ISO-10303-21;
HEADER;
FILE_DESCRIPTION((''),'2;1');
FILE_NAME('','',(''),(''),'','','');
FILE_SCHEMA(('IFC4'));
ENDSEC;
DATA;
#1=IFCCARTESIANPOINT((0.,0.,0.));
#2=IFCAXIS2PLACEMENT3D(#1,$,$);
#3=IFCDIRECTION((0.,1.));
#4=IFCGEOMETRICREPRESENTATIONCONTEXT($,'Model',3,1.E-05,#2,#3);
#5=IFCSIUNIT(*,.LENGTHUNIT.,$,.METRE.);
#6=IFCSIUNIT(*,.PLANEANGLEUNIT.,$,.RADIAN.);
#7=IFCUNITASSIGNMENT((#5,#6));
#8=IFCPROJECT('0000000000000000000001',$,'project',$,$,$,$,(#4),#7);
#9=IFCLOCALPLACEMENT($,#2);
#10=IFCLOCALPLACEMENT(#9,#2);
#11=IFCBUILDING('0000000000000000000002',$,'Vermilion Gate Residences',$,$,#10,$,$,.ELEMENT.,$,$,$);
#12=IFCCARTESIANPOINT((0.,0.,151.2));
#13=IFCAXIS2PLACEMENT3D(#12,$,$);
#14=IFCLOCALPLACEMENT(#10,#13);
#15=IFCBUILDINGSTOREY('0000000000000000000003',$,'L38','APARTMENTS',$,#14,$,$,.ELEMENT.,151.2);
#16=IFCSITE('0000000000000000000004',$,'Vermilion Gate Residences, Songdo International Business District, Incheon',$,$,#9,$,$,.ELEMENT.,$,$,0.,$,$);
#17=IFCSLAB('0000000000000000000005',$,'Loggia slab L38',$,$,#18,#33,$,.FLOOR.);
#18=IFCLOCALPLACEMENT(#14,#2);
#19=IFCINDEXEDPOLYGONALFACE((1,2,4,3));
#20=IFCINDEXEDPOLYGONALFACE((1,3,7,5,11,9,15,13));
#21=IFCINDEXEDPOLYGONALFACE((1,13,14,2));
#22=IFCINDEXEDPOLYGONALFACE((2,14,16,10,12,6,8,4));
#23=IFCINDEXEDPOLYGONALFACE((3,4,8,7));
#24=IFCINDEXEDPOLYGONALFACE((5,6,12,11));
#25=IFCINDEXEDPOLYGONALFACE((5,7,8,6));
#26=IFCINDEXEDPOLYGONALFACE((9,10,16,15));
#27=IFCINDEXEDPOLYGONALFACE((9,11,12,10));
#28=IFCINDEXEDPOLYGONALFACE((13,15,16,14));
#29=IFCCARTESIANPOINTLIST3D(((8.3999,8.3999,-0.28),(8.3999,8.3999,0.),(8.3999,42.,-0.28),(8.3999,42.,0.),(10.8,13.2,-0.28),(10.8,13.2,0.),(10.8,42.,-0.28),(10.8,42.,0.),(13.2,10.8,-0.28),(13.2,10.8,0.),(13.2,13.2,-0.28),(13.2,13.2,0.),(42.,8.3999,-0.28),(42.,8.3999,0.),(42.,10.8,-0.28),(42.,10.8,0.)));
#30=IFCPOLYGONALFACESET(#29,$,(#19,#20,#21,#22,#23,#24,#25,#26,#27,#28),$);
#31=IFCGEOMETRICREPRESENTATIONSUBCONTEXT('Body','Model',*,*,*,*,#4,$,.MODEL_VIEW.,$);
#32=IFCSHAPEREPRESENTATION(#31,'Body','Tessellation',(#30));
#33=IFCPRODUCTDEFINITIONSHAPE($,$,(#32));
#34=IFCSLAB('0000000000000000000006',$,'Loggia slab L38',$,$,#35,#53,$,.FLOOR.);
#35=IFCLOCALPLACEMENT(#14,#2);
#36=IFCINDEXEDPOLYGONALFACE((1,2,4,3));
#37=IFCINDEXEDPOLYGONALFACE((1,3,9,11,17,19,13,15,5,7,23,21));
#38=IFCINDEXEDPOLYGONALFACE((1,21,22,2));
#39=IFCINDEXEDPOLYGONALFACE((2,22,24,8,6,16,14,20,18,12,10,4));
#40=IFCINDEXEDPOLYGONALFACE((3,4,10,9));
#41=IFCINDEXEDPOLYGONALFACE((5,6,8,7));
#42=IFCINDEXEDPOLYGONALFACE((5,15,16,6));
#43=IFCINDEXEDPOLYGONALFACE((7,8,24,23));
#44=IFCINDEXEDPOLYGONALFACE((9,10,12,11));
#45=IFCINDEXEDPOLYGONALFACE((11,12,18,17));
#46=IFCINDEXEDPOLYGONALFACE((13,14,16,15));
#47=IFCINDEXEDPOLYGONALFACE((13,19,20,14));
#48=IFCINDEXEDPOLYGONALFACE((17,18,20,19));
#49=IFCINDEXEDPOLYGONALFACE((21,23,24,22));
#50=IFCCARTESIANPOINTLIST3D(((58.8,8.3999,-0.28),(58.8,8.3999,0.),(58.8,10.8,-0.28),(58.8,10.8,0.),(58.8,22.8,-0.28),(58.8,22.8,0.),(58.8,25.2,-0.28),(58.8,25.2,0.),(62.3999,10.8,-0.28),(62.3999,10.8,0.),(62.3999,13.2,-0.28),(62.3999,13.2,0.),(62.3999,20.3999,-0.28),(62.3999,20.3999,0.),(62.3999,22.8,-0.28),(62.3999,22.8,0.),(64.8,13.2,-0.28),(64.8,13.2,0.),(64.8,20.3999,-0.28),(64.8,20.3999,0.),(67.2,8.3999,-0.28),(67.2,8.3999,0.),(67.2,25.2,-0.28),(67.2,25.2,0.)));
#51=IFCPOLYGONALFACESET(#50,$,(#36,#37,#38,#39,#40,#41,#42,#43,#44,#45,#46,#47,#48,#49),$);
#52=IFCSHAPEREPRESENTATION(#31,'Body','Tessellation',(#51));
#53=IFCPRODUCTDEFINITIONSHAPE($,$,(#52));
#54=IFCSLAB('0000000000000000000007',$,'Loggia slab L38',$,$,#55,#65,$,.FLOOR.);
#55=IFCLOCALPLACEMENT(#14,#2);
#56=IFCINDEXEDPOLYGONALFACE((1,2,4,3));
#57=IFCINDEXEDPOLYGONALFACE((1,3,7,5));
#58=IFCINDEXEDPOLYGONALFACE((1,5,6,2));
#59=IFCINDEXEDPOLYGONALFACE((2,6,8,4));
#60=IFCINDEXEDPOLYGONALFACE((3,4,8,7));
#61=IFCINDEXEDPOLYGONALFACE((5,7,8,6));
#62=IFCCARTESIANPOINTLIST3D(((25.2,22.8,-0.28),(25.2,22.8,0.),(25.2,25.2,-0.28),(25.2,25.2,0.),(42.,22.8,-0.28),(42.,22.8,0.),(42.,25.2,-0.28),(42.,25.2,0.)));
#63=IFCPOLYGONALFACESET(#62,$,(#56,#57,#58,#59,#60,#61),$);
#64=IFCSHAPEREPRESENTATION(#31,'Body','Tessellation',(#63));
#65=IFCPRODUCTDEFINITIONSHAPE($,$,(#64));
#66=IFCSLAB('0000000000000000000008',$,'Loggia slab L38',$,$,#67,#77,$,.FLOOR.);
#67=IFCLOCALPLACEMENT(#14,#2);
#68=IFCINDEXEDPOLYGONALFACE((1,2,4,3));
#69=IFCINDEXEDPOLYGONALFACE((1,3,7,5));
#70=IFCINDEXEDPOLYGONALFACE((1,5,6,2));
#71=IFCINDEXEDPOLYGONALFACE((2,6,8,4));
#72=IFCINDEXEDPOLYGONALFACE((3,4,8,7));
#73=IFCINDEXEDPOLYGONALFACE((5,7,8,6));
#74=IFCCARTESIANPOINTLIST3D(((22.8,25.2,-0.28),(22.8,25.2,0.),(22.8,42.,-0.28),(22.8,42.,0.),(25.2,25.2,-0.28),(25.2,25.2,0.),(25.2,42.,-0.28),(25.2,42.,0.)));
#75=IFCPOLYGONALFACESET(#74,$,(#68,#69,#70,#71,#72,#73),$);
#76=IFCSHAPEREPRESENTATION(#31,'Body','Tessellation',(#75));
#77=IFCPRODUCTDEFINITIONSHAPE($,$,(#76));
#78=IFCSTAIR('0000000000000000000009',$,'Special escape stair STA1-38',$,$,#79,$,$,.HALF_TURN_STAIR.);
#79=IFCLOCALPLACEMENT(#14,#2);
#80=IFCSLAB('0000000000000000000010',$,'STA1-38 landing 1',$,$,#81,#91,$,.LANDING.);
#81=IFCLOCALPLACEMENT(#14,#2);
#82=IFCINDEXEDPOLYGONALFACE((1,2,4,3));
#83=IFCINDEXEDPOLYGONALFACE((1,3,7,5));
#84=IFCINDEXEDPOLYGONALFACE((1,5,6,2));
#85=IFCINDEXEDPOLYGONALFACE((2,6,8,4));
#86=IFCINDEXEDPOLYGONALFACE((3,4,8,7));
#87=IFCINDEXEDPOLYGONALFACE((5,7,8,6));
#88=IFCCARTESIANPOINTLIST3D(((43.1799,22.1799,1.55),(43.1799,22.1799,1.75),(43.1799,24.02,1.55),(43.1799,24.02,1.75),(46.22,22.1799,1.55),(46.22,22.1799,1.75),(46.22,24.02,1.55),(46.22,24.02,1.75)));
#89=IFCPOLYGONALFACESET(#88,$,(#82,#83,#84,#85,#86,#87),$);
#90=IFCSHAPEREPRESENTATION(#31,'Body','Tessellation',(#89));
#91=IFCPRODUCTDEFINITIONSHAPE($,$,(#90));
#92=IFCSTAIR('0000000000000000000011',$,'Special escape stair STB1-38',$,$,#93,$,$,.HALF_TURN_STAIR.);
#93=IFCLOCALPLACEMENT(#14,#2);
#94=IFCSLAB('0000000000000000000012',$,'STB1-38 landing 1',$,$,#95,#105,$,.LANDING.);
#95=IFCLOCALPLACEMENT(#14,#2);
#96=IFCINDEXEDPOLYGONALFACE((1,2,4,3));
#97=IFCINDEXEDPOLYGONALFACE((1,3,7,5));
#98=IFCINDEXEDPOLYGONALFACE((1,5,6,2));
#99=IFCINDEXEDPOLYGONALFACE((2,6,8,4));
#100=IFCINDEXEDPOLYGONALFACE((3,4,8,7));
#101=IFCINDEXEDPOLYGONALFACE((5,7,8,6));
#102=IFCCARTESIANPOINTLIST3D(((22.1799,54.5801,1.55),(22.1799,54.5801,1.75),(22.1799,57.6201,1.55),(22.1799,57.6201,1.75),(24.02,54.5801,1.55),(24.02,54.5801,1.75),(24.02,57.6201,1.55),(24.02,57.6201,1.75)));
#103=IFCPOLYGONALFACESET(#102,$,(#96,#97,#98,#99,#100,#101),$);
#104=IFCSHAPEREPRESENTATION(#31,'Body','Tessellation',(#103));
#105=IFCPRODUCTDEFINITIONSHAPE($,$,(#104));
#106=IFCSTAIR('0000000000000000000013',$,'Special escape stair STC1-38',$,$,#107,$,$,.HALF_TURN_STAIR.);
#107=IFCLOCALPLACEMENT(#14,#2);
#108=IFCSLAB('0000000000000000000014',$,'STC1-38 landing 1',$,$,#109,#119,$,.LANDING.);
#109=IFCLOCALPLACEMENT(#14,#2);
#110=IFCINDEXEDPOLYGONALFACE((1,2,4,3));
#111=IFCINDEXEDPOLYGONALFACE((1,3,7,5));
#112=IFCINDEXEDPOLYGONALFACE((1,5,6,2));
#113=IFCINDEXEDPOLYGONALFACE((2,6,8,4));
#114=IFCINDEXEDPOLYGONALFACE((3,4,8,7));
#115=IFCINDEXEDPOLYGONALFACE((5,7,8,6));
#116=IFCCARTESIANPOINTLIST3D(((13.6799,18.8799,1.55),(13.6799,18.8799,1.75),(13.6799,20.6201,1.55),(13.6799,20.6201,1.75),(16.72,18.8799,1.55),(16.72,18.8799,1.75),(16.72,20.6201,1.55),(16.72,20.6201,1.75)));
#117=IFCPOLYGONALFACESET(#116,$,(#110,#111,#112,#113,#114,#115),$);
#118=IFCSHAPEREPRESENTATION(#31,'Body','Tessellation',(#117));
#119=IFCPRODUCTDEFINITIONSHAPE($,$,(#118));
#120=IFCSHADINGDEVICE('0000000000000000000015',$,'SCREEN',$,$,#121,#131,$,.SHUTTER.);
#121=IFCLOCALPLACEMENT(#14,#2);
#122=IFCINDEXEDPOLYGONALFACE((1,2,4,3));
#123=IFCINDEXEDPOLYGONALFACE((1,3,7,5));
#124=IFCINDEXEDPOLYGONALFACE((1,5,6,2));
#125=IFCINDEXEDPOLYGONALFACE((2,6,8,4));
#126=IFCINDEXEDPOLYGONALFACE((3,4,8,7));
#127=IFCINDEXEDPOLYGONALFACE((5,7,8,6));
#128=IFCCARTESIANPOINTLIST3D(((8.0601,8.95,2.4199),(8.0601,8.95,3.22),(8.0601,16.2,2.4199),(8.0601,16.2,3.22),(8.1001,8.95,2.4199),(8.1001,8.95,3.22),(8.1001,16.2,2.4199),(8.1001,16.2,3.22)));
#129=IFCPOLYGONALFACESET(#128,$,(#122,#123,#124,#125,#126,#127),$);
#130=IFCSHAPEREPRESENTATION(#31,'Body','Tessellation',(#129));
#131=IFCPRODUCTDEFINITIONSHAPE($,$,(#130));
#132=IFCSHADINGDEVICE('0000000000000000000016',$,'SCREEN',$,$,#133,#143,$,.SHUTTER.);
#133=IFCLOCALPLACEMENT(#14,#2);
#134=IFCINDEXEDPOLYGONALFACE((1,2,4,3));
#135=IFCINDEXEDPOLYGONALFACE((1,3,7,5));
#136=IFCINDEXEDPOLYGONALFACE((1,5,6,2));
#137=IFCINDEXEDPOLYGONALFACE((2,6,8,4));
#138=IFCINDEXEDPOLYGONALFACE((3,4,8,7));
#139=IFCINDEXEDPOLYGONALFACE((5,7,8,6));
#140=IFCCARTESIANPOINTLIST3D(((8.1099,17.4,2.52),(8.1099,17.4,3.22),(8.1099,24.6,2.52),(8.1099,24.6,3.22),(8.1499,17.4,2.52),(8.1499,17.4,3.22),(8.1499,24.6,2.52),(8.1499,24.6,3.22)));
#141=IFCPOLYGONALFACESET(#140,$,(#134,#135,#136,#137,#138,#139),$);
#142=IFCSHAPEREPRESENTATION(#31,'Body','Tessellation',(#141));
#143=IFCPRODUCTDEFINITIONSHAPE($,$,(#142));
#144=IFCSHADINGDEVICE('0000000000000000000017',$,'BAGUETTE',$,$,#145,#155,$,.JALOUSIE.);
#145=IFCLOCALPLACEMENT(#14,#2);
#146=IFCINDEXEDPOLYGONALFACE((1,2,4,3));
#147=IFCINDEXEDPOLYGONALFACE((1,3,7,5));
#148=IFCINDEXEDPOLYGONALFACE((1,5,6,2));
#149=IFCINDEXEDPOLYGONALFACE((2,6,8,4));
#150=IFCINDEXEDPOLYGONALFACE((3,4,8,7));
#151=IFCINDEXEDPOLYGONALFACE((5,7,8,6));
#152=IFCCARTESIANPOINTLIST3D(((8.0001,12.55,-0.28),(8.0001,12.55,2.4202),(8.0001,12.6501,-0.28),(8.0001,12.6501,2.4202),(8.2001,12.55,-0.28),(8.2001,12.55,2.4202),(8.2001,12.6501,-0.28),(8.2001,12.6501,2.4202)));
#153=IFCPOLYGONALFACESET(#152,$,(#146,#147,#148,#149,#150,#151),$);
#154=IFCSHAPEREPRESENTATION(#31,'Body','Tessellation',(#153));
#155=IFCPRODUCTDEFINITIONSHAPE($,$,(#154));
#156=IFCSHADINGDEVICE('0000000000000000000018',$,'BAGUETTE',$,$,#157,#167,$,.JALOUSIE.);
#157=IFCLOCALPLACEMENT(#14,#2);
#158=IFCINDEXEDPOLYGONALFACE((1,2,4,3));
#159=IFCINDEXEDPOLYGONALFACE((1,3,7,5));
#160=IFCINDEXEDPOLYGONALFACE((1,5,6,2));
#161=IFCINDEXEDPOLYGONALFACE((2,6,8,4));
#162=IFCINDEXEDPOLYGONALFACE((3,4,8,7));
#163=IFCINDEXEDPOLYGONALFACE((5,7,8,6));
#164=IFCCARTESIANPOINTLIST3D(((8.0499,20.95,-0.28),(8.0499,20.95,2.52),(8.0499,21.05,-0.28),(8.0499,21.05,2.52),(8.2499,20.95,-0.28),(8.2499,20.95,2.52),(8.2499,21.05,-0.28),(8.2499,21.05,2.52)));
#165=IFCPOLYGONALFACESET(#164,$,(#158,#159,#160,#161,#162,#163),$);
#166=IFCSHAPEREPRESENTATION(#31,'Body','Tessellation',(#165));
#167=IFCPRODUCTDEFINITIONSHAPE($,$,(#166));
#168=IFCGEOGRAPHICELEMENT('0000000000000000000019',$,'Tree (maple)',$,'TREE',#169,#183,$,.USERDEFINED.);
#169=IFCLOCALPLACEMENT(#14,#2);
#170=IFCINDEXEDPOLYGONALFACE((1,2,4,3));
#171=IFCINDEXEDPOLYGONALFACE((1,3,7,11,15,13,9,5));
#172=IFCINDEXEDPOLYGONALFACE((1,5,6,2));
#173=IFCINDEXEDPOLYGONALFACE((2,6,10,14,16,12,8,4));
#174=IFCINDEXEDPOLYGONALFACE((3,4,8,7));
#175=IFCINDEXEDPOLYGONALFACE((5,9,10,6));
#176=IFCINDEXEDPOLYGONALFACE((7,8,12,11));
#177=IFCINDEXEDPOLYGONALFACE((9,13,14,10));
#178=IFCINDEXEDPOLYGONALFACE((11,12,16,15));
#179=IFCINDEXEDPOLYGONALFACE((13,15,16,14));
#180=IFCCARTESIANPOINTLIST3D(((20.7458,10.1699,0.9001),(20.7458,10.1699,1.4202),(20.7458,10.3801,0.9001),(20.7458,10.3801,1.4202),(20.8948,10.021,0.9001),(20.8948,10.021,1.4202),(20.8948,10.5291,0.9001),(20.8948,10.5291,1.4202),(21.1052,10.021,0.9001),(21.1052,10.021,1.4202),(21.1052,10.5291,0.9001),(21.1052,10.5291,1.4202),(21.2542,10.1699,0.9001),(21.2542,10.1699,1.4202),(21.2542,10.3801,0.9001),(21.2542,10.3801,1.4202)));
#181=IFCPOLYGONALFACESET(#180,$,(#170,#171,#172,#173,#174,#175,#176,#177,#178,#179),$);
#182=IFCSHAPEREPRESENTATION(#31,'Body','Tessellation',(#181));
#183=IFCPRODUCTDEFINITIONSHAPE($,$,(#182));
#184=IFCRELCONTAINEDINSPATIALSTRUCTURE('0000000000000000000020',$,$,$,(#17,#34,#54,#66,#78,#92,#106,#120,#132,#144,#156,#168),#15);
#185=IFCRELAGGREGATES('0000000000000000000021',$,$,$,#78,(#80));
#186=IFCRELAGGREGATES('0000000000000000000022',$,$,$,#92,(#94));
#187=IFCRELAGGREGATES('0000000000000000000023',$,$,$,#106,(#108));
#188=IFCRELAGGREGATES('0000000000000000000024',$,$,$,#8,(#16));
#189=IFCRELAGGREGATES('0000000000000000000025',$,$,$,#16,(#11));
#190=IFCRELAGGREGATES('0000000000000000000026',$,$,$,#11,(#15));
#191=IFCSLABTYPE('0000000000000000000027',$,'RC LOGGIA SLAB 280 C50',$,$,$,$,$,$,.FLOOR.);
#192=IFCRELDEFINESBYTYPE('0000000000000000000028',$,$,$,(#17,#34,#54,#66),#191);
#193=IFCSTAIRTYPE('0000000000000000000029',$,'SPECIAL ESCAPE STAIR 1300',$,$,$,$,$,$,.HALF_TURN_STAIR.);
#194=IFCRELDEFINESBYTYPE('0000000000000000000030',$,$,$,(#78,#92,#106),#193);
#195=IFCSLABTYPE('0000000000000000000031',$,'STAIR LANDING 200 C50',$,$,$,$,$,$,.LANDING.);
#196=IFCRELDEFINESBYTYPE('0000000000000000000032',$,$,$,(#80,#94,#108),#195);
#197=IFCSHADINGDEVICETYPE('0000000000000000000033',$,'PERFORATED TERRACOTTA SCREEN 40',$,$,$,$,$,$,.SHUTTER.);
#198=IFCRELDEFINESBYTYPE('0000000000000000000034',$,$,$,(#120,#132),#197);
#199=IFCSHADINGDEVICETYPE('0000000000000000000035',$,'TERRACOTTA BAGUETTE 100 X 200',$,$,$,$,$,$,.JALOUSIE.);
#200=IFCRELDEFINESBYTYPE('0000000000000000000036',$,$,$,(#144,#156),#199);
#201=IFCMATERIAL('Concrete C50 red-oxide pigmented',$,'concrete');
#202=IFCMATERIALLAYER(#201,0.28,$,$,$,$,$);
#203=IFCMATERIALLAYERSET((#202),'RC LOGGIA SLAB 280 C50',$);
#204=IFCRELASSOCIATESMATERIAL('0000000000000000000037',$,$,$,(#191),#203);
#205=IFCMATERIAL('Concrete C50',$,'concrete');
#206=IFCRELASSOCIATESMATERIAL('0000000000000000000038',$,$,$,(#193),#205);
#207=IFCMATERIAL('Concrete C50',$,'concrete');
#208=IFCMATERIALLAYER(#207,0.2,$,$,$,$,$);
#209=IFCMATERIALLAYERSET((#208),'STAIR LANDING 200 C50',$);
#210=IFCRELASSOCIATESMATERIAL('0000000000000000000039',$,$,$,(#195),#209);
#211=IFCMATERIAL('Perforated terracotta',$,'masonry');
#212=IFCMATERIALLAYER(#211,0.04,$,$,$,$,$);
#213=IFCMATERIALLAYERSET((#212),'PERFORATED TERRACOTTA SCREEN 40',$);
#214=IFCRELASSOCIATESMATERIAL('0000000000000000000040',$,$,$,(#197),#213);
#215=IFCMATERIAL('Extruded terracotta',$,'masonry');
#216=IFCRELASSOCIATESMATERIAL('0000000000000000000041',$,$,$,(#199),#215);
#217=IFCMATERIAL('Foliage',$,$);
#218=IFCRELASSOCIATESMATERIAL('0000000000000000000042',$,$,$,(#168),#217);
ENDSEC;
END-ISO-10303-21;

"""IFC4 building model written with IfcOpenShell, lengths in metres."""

from ifc_helpers import new_model, si_unit, direction, frame, origin, origin_2d, place, context, subcontext, project, spatial, polyline, rectangle, outline, extrude, material, layer, layer_set, material_profile, profile_set, type_object, element, aggregate, save


model = new_model("IFC4")

# Units and contexts
model_context = context("Model", 3, precision=1e-05, world=origin(), true_north=direction((0.0, 1.0)))
body_context = subcontext(model_context, "Body", "Model", "MODEL_VIEW")
ifc_project = project(units=[si_unit("LENGTHUNIT", "METRE"), si_unit("PLANEANGLEUNIT", "RADIAN")], contexts=[model_context])

# Site, building, storey
site_placement = place(None, origin())
site = spatial("IfcSite", under=ifc_project, at=site_placement, Name="Vermilion Gate Residences, Songdo International Business District, Incheon", CompositionType="ELEMENT", RefElevation=0.0)
building_placement = place(site_placement, origin())
building = spatial("IfcBuilding", under=site, at=building_placement, Name="Vermilion Gate Residences", CompositionType="ELEMENT")
storey_placement = place(building_placement, frame((0.0, 0.0, 151.2)))
storey = spatial("IfcBuildingStorey", under=building, at=storey_placement, Name="L38", Description="APARTMENTS", CompositionType="ELEMENT", Elevation=151.2)

# Slabs
ifc_material_1 = material(Name="Concrete C50 red-oxide pigmented", Category="concrete")
ifc_layer_1 = layer(ifc_material_1, 0.28)
ifc_layer_set_1 = layer_set([ifc_layer_1], Name="RC LOGGIA SLAB 280 C50")
slab_type_1 = type_object("IfcSlabType", Name="RC LOGGIA SLAB 280 C50", PredefinedType="FLOOR", material=ifc_layer_set_1)
slab_1_placement = place(storey_placement, frame((0.0, 0.0, -0.28)))
element("IfcSlab", 1, at=slab_1_placement, inside=storey, type_object=slab_type_1, Name="Loggia slab L38", PredefinedType="FLOOR", context=body_context, shape_type="SweptSolid", body=[
    extrude(outline(polyline([(8.3999, 42.0), (8.3999, 8.3999), (42.0, 8.3999), (42.0, 10.8), (13.2, 10.8), (13.2, 13.2), (10.8, 13.2), (10.8, 42.0), (8.3999, 42.0)])), origin(), (0.0, 0.0, 1.0), 0.28),
])
slab_2_placement = place(storey_placement, frame((0.0, 0.0, -0.28)))
element("IfcSlab", 2, at=slab_2_placement, inside=storey, type_object=slab_type_1, Name="Loggia slab L38", PredefinedType="FLOOR", context=body_context, shape_type="SweptSolid", body=[
    extrude(outline(polyline([(64.8, 13.2), (62.3999, 13.2), (62.3999, 10.8), (58.8, 10.8), (58.8, 8.3999), (67.2, 8.3999), (67.2, 25.2), (58.8, 25.2), (58.8, 22.8), (62.3999, 22.8), (62.3999, 20.3999), (64.8, 20.3999), (64.8, 13.2)])), origin(), (0.0, 0.0, 1.0), 0.28),
])
slab_3_placement = place(storey_placement, frame((0.0, 0.0, -0.28)))
element("IfcSlab", 3, at=slab_3_placement, inside=storey, type_object=slab_type_1, Name="Loggia slab L38", PredefinedType="FLOOR", context=body_context, shape_type="SweptSolid", body=[
    extrude(outline(polyline([(42.0, 25.2), (25.2, 25.2), (25.2, 22.8), (42.0, 22.8), (42.0, 25.2)])), origin(), (0.0, 0.0, 1.0), 0.28),
])
slab_4_placement = place(storey_placement, frame((0.0, 0.0, -0.28)))
element("IfcSlab", 4, at=slab_4_placement, inside=storey, type_object=slab_type_1, Name="Loggia slab L38", PredefinedType="FLOOR", context=body_context, shape_type="SweptSolid", body=[
    extrude(outline(polyline([(22.8, 42.0), (22.8, 25.2), (25.2, 25.2), (25.2, 42.0), (22.8, 42.0)])), origin(), (0.0, 0.0, 1.0), 0.28),
])

# Stairs, slabs
ifc_material_2 = material(Name="Concrete C50", Category="concrete")
stair_type = type_object("IfcStairType", Name="SPECIAL ESCAPE STAIR 1300", PredefinedType="HALF_TURN_STAIR", material=ifc_material_2)
stair_1_placement = place(storey_placement, origin())
stair_1 = element("IfcStair", 5, at=stair_1_placement, inside=storey, type_object=stair_type, Name="Special escape stair STA1-38", PredefinedType="HALF_TURN_STAIR")
ifc_material_3 = material(Name="Concrete C50", Category="concrete")
ifc_layer_2 = layer(ifc_material_3, 0.2)
ifc_layer_set_2 = layer_set([ifc_layer_2], Name="STAIR LANDING 200 C50")
slab_type_2 = type_object("IfcSlabType", Name="STAIR LANDING 200 C50", PredefinedType="LANDING", material=ifc_layer_set_2)
slab_5_placement = place(storey_placement, frame((0.0, 0.0, 1.55)))
slab_5 = element("IfcSlab", 6, at=slab_5_placement, type_object=slab_type_2, Name="STA1-38 landing 1", PredefinedType="LANDING", context=body_context, shape_type="SweptSolid", body=[
    extrude(outline(polyline([(46.22, 22.1799), (46.22, 24.02), (43.1799, 24.02), (43.1799, 22.1799), (46.22, 22.1799)])), origin(), (0.0, 0.0, 1.0), 0.2),
])
aggregate(stair_1, [slab_5])
stair_2_placement = place(storey_placement, origin())
stair_2 = element("IfcStair", 7, at=stair_2_placement, inside=storey, type_object=stair_type, Name="Special escape stair STB1-38", PredefinedType="HALF_TURN_STAIR")
slab_6_placement = place(storey_placement, frame((0.0, 0.0, 1.55)))
slab_6 = element("IfcSlab", 8, at=slab_6_placement, type_object=slab_type_2, Name="STB1-38 landing 1", PredefinedType="LANDING", context=body_context, shape_type="SweptSolid", body=[
    extrude(outline(polyline([(24.02, 54.5801), (24.02, 57.6201), (22.1799, 57.6201), (22.1799, 54.5801), (24.02, 54.5801)])), origin(), (0.0, 0.0, 1.0), 0.2),
])
aggregate(stair_2, [slab_6])
stair_3_placement = place(storey_placement, origin())
stair_3 = element("IfcStair", 9, at=stair_3_placement, inside=storey, type_object=stair_type, Name="Special escape stair STC1-38", PredefinedType="HALF_TURN_STAIR")
slab_7_placement = place(storey_placement, frame((0.0, 0.0, 1.55)))
slab_7 = element("IfcSlab", 10, at=slab_7_placement, type_object=slab_type_2, Name="STC1-38 landing 1", PredefinedType="LANDING", context=body_context, shape_type="SweptSolid", body=[
    extrude(outline(polyline([(16.72, 18.8799), (16.72, 20.6201), (13.6799, 20.6201), (13.6799, 18.8799), (16.72, 18.8799)])), origin(), (0.0, 0.0, 1.0), 0.2),
])
aggregate(stair_3, [slab_7])

# Shading devices
ifc_material_4 = material(Name="Perforated terracotta", Category="masonry")
ifc_layer_3 = layer(ifc_material_4, 0.04)
ifc_layer_set_3 = layer_set([ifc_layer_3], Name="PERFORATED TERRACOTTA SCREEN 40")
shading_device_type_1 = type_object("IfcShadingDeviceType", Name="PERFORATED TERRACOTTA SCREEN 40", PredefinedType="SHUTTER", material=ifc_layer_set_3)
shading_device_1_placement = place(storey_placement, frame((8.0801, 12.575, 2.4199), z_axis=(0.0, 0.0, 1.0), x_axis=(0.0, -1.0, 0.0)))
element("IfcShadingDevice", 11, at=shading_device_1_placement, inside=storey, type_object=shading_device_type_1, Name="SCREEN", PredefinedType="SHUTTER", context=body_context, shape_type="SweptSolid", body=[
    extrude(rectangle(XDim=7.25, YDim=0.04, at=origin_2d()), origin(), (0.0, 0.0, 1.0), 0.8),
])
shading_device_2_placement = place(storey_placement, frame((8.1299, 21.0, 2.52), z_axis=(0.0, 0.0, 1.0), x_axis=(0.0, -1.0, 0.0)))
element("IfcShadingDevice", 12, at=shading_device_2_placement, inside=storey, type_object=shading_device_type_1, Name="SCREEN", PredefinedType="SHUTTER", context=body_context, shape_type="SweptSolid", body=[
    extrude(rectangle(XDim=7.2, YDim=0.04, at=origin_2d()), origin(), (0.0, 0.0, 1.0), 0.7),
])
ifc_material_5 = material(Name="Extruded terracotta", Category="masonry")
ifc_material_profile_1 = material_profile(ifc_material_5, rectangle(XDim=0.2, YDim=0.1001, at=origin_2d()), Name="BAGUETTE 100 X 200")
ifc_profile_set_1 = profile_set([ifc_material_profile_1], Name="Extruded terracotta")
shading_device_type_2 = type_object("IfcShadingDeviceType", Name="TERRACOTTA BAGUETTE 100 X 200", PredefinedType="JALOUSIE", material=ifc_profile_set_1)
shading_device_3_placement = place(storey_placement, frame((8.1001, 12.6001, -0.28), z_axis=(0.0, 0.0, 1.0), x_axis=(1.0, 0.0, 0.0)))
element("IfcShadingDevice", 13, at=shading_device_3_placement, inside=storey, type_object=shading_device_type_2, Name="BAGUETTE", PredefinedType="JALOUSIE", context=body_context, shape_type="SweptSolid", body=[
    extrude(rectangle(XDim=0.2, YDim=0.1001, at=origin_2d()), origin(), (0.0, 0.0, 1.0), 2.7002),
])
shading_device_4_placement = place(storey_placement, frame((8.1499, 21.0, -0.28), z_axis=(0.0, 0.0, 1.0), x_axis=(1.0, 0.0, 0.0)))
element("IfcShadingDevice", 14, at=shading_device_4_placement, inside=storey, type_object=shading_device_type_2, Name="BAGUETTE", PredefinedType="JALOUSIE", context=body_context, shape_type="SweptSolid", body=[
    extrude(rectangle(XDim=0.2, YDim=0.1001, at=origin_2d()), origin(), (0.0, 0.0, 1.0), 2.8),
])

# Geographic element
ifc_material_6 = material(Name="Foliage")
geographic_element_1_placement = place(storey_placement, frame((0.0, 0.0, 0.9001)))
element("IfcGeographicElement", 15, at=geographic_element_1_placement, inside=storey, material=ifc_material_6, Name="Tree (maple)", ObjectType="TREE", PredefinedType="USERDEFINED", context=body_context, shape_type="SweptSolid", body=[
    extrude(outline(polyline([(21.2542, 10.3801), (21.1052, 10.5291), (20.8948, 10.5291), (20.7458, 10.3801), (20.7458, 10.1699), (20.8948, 10.021), (21.1052, 10.021), (21.2542, 10.1699), (21.2542, 10.3801)])), origin(), (0.0, 0.0, 1.0), 0.52),
])

save(model, "model.ifc")
